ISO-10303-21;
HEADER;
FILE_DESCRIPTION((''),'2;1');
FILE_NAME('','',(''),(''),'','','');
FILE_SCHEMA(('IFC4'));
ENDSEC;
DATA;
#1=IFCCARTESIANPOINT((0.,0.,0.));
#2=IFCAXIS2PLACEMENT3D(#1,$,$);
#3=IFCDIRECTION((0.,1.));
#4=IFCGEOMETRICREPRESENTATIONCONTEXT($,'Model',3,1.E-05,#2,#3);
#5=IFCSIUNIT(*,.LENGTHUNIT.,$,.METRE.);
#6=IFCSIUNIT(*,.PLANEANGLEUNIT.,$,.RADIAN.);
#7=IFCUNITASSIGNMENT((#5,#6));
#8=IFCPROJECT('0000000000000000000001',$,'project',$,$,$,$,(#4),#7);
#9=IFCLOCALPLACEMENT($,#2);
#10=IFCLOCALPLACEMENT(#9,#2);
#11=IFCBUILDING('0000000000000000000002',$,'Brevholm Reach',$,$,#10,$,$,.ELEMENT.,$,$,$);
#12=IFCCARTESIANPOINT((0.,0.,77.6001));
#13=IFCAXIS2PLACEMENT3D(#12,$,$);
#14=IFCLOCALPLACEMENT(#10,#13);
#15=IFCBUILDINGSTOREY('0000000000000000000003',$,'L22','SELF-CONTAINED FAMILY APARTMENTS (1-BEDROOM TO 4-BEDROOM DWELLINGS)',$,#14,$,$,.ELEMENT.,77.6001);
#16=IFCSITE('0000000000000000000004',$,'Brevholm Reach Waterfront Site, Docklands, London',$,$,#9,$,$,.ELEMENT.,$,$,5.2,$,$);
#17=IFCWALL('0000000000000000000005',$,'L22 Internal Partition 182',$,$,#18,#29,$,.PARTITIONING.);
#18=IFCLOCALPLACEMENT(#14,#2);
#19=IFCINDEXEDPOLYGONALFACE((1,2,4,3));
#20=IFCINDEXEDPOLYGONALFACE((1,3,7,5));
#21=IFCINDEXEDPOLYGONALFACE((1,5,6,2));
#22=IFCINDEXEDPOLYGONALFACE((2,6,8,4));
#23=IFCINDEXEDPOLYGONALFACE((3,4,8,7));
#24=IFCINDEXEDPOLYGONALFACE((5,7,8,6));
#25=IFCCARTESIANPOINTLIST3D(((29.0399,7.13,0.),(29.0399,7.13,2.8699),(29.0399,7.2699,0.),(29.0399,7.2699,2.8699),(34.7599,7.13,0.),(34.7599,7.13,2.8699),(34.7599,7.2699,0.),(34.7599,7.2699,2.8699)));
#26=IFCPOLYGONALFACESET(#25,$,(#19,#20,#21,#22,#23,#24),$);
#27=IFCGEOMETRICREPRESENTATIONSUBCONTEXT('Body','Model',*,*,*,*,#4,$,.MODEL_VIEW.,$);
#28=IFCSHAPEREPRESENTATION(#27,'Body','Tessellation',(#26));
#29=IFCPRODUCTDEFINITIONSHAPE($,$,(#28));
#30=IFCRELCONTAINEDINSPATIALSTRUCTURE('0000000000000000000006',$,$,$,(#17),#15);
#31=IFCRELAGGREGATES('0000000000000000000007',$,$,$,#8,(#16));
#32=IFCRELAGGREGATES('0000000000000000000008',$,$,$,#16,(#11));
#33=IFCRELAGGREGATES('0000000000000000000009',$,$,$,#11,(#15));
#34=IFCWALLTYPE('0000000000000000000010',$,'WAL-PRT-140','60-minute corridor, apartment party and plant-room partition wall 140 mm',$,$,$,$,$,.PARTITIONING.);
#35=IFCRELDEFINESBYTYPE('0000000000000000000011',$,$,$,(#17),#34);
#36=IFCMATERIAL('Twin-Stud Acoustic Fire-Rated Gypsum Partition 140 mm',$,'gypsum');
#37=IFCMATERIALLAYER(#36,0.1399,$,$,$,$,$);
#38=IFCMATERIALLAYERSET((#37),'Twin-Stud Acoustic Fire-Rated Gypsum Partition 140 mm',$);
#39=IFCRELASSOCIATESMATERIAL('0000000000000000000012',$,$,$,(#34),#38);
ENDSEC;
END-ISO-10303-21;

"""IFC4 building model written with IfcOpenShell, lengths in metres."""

from ifc_helpers import new_model, si_unit, direction, frame, frame_2d, origin, place, context, subcontext, project, spatial, rectangle, extrude, material, layer, layer_set, type_object, element, save


model = new_model("IFC4")

# Units and contexts
model_context = context("Model", 3, precision=1e-05, world=origin(), true_north=direction((0.0, 1.0)))
body_context = subcontext(model_context, "Body", "Model", "MODEL_VIEW")
ifc_project = project(units=[si_unit("LENGTHUNIT", "METRE"), si_unit("PLANEANGLEUNIT", "RADIAN")], contexts=[model_context])

# Site, building, storey
site_placement = place(None, origin())
site = spatial("IfcSite", under=ifc_project, at=site_placement, Name="Brevholm Reach Waterfront Site, Docklands, London", CompositionType="ELEMENT", RefElevation=5.2)
building_placement = place(site_placement, origin())
building = spatial("IfcBuilding", under=site, at=building_placement, Name="Brevholm Reach", CompositionType="ELEMENT")
storey_placement = place(building_placement, frame((0.0, 0.0, 77.6001)))
storey = spatial("IfcBuildingStorey", under=building, at=storey_placement, Name="L22", Description="SELF-CONTAINED FAMILY APARTMENTS (1-BEDROOM TO 4-BEDROOM DWELLINGS)", CompositionType="ELEMENT", Elevation=77.6001)

# Shared definitions
ifc_material_1 = material(Name="Twin-Stud Acoustic Fire-Rated Gypsum Partition 140 mm", Category="gypsum")
ifc_layer_1 = layer(ifc_material_1, 0.1399)
ifc_layer_set_1 = layer_set([ifc_layer_1], Name="Twin-Stud Acoustic Fire-Rated Gypsum Partition 140 mm")
wall_type_1 = type_object("IfcWallType", Name="WAL-PRT-140", Description="60-minute corridor, apartment party and plant-room partition wall 140 mm", PredefinedType="PARTITIONING", material=ifc_layer_set_1)

# Wall
wall_1_placement = place(storey_placement, frame((29.04, 7.2, 0.0), z_axis=(0.0, 0.0, 1.0), x_axis=(1.0, 0.0, 0.0)))
element("IfcWall", 1, at=wall_1_placement, inside=storey, type_object=wall_type_1, Name="L22 Internal Partition 182", PredefinedType="PARTITIONING", context=body_context, shape_type="SweptSolid", body=[
    extrude(rectangle(XDim=5.72, YDim=0.1399, at=frame_2d((2.8599, 0.0))), origin(), (0.0, 0.0, 1.0), 2.8699),
])

save(model, "model.ifc")
